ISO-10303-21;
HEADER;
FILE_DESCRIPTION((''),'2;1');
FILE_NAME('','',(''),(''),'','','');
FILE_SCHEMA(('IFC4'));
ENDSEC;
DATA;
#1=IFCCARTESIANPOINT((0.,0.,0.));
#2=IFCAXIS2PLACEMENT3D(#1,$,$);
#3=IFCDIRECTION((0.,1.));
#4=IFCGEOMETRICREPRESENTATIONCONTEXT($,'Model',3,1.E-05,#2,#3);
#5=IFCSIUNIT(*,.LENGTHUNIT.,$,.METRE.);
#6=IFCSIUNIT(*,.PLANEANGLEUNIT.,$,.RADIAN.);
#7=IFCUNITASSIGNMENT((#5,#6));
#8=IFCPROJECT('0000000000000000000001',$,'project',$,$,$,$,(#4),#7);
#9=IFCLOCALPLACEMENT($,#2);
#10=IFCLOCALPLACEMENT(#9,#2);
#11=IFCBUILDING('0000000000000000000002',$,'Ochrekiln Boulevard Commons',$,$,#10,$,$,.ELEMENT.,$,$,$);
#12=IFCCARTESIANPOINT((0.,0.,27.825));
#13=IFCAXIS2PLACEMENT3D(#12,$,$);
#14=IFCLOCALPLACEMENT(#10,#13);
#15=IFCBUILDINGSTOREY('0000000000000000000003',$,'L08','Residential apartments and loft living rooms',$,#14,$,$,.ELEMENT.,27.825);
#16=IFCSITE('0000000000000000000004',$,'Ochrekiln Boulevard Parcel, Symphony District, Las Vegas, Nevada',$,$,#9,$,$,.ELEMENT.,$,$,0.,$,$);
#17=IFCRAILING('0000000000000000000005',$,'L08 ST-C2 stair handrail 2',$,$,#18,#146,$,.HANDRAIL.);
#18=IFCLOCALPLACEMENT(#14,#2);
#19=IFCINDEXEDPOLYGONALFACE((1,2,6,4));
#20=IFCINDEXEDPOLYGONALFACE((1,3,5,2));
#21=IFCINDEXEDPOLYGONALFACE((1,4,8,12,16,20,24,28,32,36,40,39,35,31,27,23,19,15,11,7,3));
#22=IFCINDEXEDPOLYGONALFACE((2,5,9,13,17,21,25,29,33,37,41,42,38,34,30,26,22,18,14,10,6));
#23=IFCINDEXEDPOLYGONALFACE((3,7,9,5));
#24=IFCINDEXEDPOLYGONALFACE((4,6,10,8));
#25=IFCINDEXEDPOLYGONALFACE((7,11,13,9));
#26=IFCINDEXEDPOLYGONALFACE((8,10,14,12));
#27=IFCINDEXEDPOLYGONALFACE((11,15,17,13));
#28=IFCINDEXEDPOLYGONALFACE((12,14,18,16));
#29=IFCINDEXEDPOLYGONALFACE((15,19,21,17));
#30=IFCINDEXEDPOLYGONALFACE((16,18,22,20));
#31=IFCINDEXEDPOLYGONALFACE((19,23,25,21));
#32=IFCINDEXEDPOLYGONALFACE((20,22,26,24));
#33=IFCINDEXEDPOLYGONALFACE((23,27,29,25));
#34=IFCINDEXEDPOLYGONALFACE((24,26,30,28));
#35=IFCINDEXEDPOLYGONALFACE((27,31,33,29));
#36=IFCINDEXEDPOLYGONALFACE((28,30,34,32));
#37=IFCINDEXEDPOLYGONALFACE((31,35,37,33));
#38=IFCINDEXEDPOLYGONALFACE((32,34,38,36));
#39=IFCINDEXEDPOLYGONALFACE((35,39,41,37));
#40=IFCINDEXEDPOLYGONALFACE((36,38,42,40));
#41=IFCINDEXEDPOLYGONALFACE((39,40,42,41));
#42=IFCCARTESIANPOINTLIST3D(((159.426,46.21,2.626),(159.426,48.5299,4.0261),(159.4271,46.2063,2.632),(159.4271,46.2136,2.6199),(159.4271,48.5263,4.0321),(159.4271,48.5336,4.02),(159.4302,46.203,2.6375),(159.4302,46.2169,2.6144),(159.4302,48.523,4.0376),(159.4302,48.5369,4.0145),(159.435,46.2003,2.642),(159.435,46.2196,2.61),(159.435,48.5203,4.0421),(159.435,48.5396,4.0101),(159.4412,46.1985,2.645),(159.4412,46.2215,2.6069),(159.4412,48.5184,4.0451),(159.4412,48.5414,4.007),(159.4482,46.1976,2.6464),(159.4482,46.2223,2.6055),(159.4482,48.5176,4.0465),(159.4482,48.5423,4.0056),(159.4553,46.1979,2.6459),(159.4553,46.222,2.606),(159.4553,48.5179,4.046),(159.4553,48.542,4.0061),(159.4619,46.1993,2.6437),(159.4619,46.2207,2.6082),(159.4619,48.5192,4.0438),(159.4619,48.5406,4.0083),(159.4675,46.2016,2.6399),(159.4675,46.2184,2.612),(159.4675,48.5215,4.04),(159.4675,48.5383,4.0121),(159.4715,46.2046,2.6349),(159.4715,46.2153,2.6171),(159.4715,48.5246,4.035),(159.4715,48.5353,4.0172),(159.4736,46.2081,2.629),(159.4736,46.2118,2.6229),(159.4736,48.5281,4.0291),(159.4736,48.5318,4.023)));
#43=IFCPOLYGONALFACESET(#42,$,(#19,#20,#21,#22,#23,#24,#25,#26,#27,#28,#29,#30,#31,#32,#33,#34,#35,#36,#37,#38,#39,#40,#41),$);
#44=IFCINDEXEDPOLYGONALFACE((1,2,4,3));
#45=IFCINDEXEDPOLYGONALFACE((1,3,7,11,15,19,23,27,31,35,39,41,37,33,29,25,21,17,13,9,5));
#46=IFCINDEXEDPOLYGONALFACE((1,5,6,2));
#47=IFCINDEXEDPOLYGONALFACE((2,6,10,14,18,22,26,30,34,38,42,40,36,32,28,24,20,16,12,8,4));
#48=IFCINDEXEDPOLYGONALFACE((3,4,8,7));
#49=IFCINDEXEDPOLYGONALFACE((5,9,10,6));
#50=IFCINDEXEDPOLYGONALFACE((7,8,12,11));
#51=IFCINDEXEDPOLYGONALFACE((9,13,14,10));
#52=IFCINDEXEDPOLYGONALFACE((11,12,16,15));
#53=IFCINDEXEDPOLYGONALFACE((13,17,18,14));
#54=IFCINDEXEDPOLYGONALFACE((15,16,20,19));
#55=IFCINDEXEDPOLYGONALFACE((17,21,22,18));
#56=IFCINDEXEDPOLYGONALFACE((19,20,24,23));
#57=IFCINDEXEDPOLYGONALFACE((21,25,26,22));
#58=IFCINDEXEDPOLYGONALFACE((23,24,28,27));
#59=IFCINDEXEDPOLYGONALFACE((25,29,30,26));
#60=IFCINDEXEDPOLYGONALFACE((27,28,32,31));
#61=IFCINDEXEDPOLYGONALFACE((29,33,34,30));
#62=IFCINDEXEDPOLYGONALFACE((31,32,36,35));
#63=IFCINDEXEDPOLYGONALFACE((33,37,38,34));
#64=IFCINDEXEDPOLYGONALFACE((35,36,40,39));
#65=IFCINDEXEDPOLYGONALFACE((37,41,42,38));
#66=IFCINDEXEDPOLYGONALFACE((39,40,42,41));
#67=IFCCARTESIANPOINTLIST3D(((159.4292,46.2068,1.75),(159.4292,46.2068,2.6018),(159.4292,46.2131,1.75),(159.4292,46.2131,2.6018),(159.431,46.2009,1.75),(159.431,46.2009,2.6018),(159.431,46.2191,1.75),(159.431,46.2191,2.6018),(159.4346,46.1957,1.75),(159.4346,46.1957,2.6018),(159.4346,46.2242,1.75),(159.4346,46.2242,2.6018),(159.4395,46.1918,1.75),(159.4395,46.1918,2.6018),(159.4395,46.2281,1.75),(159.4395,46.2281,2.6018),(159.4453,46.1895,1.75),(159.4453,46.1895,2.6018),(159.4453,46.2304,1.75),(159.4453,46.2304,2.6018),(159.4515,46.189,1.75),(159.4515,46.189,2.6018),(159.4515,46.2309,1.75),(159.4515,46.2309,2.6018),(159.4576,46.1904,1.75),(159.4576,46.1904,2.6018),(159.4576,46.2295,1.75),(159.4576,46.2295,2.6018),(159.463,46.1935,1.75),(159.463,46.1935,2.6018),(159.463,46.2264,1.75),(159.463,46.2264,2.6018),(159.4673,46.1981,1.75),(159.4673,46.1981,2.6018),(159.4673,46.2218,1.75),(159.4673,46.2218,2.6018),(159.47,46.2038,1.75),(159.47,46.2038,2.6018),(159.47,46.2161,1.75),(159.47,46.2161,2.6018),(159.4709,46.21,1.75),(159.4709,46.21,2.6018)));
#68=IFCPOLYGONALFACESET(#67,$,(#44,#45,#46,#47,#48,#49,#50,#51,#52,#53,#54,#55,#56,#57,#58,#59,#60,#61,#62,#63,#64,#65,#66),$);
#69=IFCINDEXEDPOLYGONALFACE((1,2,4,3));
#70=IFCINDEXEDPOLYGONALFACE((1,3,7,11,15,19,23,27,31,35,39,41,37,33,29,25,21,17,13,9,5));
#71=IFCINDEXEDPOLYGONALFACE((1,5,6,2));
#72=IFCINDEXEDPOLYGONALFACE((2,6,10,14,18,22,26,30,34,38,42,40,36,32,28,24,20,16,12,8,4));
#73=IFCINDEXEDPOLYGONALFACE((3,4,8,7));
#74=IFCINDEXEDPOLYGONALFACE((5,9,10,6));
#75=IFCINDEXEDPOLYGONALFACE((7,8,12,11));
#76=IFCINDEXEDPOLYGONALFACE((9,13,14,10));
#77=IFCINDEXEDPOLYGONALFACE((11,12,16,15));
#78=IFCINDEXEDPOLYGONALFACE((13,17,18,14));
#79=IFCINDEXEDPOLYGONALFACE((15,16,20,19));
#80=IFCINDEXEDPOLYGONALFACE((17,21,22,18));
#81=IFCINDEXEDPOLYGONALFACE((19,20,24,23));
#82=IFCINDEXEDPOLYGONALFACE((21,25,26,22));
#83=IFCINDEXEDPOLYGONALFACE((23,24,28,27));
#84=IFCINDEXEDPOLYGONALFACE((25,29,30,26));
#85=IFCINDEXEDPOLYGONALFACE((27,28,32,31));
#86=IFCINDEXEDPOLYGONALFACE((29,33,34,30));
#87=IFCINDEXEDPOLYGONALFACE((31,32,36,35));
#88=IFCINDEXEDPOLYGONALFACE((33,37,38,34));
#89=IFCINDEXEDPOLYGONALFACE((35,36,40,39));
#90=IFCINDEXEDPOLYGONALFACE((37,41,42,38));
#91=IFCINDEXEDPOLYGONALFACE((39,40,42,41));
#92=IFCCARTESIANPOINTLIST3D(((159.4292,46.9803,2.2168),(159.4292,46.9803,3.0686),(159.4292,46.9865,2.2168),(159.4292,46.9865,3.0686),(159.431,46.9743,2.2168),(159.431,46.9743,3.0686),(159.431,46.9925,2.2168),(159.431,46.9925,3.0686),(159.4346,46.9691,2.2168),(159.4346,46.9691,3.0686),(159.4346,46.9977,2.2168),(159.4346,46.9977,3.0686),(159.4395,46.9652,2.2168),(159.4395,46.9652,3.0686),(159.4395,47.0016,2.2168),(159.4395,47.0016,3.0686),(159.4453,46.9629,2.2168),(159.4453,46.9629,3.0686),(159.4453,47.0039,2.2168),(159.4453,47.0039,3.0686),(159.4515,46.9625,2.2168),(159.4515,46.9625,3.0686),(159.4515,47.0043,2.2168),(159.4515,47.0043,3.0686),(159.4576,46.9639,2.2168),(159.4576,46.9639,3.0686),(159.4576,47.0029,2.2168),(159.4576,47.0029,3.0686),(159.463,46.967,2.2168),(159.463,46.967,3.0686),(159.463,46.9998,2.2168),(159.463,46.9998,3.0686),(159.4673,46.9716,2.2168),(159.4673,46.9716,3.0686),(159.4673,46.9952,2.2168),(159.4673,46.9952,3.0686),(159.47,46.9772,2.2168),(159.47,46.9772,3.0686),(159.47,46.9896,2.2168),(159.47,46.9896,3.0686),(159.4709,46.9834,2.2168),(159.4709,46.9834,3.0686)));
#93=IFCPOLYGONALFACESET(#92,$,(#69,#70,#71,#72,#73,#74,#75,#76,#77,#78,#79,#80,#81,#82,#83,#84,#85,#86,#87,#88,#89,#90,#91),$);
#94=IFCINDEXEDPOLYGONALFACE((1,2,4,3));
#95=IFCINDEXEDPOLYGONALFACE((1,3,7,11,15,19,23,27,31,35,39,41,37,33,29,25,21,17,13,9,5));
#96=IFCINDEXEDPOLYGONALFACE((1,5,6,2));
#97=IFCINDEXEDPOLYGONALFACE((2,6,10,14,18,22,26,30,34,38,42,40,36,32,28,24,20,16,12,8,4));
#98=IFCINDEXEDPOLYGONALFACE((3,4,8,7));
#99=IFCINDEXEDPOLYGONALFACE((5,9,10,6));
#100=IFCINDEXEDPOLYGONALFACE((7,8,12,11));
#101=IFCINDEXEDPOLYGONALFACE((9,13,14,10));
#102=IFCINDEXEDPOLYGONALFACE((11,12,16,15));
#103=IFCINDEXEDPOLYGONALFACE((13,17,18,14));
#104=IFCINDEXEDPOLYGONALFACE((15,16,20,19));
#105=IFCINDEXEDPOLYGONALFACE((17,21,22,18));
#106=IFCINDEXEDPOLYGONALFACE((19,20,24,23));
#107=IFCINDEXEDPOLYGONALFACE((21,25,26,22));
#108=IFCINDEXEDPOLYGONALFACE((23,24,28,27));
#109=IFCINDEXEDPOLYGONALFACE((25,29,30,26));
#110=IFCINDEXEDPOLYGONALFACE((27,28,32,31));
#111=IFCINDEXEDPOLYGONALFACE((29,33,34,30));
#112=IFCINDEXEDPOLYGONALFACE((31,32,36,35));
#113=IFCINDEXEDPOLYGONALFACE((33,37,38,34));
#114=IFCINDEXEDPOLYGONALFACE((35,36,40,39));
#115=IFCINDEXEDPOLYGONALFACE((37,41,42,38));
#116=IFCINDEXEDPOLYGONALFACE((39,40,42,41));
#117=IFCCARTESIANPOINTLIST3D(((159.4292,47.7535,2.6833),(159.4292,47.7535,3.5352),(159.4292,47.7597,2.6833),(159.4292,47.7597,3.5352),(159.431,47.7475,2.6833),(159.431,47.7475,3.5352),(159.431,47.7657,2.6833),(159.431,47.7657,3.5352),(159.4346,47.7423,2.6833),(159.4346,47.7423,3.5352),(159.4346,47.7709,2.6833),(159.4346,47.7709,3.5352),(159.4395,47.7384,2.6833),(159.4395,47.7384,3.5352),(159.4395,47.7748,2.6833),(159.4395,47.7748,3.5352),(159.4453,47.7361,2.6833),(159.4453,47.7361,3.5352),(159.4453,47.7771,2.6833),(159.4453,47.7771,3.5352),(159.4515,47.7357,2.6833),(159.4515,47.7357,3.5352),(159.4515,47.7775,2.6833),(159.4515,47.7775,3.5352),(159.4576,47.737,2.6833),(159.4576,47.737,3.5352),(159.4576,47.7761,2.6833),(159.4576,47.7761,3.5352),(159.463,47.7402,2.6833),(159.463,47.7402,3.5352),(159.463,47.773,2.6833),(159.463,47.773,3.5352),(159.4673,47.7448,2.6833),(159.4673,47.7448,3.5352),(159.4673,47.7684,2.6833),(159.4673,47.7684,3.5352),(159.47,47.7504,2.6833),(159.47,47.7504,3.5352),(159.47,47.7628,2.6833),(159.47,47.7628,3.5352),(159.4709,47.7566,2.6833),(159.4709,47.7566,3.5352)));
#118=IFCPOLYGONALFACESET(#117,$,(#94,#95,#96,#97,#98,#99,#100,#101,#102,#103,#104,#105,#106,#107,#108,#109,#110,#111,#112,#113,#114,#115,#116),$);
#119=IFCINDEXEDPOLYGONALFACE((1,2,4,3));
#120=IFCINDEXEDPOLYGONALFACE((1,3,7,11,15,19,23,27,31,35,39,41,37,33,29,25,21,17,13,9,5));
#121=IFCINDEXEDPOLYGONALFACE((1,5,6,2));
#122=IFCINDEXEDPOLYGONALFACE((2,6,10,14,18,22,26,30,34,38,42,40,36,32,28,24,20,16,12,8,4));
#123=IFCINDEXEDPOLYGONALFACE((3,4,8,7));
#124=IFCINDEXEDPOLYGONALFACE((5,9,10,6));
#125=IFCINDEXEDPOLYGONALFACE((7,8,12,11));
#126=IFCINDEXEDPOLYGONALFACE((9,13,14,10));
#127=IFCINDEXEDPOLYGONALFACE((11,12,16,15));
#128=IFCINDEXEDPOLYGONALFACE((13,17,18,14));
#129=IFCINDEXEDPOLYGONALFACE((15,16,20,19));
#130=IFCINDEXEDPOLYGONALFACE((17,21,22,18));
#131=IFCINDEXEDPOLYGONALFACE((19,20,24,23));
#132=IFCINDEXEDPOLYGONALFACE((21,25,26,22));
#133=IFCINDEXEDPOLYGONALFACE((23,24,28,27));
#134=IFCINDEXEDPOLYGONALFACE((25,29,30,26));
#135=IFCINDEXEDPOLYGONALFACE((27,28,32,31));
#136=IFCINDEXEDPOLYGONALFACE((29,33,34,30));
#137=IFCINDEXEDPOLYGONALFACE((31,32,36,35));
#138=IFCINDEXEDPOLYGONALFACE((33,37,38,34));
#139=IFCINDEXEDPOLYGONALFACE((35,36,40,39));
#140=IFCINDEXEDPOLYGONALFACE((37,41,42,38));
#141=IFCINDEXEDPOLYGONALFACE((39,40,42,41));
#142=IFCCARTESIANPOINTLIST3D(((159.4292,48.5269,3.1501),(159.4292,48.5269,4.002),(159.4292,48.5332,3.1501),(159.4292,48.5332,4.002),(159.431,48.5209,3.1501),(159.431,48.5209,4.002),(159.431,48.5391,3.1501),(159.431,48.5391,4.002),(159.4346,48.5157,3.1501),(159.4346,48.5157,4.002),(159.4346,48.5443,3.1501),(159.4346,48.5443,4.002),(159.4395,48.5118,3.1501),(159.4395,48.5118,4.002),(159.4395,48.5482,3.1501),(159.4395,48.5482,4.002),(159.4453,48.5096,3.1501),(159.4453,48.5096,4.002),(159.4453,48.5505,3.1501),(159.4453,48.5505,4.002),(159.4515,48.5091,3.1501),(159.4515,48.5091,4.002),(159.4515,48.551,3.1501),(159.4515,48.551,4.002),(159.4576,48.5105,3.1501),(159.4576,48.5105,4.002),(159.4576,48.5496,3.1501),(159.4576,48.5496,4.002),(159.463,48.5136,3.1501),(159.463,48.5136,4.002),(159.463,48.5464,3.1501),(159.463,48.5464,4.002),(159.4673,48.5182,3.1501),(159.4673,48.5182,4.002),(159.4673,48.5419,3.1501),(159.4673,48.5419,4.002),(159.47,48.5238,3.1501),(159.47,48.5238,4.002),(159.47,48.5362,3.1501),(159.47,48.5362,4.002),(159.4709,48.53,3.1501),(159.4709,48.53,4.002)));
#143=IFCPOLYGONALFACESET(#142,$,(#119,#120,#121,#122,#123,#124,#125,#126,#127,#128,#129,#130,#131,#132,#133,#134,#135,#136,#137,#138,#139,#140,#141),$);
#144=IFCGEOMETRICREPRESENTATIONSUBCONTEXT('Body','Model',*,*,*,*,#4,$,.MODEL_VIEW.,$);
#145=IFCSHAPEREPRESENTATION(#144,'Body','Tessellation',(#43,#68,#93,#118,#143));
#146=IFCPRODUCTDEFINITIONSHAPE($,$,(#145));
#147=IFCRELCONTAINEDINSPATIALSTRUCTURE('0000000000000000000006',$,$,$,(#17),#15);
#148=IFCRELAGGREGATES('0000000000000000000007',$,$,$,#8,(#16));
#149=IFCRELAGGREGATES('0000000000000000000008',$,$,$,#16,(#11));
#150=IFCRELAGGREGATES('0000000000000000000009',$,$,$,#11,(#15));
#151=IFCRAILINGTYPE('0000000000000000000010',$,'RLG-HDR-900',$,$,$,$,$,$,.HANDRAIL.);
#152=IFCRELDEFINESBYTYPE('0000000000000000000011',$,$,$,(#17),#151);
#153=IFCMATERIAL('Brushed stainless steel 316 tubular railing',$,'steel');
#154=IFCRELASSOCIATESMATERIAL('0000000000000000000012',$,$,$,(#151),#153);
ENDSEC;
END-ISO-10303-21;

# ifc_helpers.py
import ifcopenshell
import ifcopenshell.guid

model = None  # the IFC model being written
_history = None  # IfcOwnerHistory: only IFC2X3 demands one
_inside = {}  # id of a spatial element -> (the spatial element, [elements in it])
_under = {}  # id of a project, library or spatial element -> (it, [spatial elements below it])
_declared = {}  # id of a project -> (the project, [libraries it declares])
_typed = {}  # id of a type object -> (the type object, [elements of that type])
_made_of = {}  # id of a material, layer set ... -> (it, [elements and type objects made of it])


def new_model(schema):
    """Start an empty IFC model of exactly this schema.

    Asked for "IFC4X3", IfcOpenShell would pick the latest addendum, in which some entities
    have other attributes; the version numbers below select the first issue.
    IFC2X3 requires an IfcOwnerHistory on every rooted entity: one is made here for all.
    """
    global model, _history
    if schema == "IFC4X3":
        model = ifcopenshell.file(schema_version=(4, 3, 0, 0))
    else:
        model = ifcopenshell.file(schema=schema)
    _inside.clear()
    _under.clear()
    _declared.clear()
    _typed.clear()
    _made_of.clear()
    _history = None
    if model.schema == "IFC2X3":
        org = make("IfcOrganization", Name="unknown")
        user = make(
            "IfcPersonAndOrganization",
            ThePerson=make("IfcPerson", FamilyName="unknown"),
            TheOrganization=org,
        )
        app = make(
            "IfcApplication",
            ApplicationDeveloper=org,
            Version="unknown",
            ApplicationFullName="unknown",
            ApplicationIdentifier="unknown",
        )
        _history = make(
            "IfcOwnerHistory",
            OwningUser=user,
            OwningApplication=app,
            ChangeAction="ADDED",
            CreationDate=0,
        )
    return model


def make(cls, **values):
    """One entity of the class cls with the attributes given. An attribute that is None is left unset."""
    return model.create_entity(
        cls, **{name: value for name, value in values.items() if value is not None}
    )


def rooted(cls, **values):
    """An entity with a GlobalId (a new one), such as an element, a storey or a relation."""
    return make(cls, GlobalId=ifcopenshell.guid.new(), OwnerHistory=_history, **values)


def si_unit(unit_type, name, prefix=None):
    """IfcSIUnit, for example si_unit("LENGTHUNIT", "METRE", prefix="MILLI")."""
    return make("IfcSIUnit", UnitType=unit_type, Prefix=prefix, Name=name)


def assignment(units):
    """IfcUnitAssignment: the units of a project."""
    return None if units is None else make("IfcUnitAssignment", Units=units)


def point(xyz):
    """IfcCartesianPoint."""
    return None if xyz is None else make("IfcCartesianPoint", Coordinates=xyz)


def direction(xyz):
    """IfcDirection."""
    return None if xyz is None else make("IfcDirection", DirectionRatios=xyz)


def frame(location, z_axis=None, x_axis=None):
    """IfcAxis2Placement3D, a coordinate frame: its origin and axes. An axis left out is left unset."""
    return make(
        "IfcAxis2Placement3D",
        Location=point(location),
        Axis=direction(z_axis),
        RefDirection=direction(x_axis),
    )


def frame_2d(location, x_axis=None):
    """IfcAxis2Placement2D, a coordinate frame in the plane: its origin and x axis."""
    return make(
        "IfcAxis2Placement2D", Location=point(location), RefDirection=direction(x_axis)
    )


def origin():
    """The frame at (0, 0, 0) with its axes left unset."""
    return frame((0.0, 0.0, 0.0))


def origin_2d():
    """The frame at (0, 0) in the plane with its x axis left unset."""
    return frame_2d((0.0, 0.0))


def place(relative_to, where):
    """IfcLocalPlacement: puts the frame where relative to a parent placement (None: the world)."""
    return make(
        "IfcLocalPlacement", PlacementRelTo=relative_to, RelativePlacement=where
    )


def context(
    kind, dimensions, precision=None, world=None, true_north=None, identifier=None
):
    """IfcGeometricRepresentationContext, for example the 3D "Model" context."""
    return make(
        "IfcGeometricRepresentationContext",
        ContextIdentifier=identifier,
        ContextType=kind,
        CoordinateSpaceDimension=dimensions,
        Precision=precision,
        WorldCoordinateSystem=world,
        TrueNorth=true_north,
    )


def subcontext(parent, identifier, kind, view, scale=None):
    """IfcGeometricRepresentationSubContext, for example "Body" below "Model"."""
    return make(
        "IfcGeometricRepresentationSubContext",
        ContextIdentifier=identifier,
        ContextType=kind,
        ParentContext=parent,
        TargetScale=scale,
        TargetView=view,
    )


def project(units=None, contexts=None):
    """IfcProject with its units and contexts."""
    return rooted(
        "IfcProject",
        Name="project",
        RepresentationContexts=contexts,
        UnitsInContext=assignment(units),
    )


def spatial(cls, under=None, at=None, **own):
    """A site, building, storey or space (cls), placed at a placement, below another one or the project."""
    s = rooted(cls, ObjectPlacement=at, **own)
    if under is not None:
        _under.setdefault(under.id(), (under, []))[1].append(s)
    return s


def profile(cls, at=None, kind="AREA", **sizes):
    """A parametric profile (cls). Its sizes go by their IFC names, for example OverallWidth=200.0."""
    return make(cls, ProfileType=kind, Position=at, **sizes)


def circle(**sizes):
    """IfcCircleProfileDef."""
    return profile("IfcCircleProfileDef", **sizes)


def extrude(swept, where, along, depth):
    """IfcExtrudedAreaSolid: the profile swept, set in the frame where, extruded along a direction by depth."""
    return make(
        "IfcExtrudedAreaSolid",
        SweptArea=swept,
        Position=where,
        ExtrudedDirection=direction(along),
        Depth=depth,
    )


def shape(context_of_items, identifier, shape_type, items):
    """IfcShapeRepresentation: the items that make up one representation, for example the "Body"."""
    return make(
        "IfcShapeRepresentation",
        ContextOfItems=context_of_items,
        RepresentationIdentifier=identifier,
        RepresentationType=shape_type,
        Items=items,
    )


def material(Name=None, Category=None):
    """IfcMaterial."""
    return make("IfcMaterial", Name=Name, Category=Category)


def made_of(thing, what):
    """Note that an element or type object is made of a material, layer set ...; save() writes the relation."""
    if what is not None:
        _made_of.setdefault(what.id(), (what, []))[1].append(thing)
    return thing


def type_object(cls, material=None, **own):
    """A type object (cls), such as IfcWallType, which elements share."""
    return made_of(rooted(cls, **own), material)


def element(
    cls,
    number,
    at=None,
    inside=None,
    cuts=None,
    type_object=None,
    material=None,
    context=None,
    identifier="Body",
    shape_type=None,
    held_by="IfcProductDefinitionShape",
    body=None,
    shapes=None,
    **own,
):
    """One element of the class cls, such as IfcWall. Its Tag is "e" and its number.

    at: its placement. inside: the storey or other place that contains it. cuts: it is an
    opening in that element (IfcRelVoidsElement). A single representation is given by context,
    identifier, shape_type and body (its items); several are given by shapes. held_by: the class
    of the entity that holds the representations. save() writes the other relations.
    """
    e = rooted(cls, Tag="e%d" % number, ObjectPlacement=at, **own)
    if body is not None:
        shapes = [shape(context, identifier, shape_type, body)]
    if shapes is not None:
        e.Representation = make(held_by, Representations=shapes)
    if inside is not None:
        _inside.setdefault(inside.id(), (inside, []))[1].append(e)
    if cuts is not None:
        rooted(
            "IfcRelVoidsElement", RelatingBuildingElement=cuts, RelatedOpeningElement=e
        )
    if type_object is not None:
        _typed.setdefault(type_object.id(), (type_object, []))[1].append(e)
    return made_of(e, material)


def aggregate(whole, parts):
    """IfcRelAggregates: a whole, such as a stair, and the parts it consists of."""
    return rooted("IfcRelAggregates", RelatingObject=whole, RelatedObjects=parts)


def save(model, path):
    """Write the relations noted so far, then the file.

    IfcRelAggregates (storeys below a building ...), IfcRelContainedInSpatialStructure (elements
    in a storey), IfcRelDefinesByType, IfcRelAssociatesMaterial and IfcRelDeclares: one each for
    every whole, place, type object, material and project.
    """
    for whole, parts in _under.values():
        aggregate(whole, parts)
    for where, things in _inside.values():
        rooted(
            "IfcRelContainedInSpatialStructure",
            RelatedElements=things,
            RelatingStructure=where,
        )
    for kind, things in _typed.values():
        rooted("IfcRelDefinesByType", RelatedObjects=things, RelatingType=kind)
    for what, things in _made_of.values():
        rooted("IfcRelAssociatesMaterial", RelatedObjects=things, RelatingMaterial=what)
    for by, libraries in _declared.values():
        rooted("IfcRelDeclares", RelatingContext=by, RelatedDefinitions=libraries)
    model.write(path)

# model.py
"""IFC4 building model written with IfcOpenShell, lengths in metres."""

from ifc_helpers import new_model, si_unit, direction, frame, origin, origin_2d, place, context, subcontext, project, spatial, circle, extrude, material, type_object, element, save


model = new_model("IFC4")

# Units and contexts
model_context = context("Model", 3, precision=1e-05, world=origin(), true_north=direction((0.0, 1.0)))
body_context = subcontext(model_context, "Body", "Model", "MODEL_VIEW")
ifc_project = project(units=[si_unit("LENGTHUNIT", "METRE"), si_unit("PLANEANGLEUNIT", "RADIAN")], contexts=[model_context])

# Site, building, storey
site_placement = place(None, origin())
site = spatial("IfcSite", under=ifc_project, at=site_placement, Name="Ochrekiln Boulevard Parcel, Symphony District, Las Vegas, Nevada", CompositionType="ELEMENT", RefElevation=0.0)
building_placement = place(site_placement, origin())
building = spatial("IfcBuilding", under=site, at=building_placement, Name="Ochrekiln Boulevard Commons", CompositionType="ELEMENT")
storey_placement = place(building_placement, frame((0.0, 0.0, 27.825)))
storey = spatial("IfcBuildingStorey", under=building, at=storey_placement, Name="L08", Description="Residential apartments and loft living rooms", CompositionType="ELEMENT", Elevation=27.825)

# Railing
ifc_material_1 = material(Name="Brushed stainless steel 316 tubular railing", Category="steel")
railing_type_1 = type_object("IfcRailingType", Name="RLG-HDR-900", PredefinedType="HANDRAIL", material=ifc_material_1)
railing_1_placement = place(storey_placement, frame((159.45, 46.21, 1.75)))
element("IfcRailing", 1, at=railing_1_placement, inside=storey, type_object=railing_type_1, Name="L08 ST-C2 stair handrail 2", PredefinedType="HANDRAIL", context=body_context, shape_type="SweptSolid", body=[
    extrude(circle(Radius=0.0239, at=origin_2d()), frame((0.0, 0.0, 0.876), z_axis=(0.0, 0.85617, 0.516693), x_axis=(-1.0, 0.0, 0.0)), (0.0, 0.0, 1.0), 2.7097),
    extrude(circle(Radius=0.021, at=origin_2d()), origin(), (0.0, 0.0, 1.0), 0.8518),
    extrude(circle(Radius=0.021, at=origin_2d()), frame((0.0, 0.7734, 0.4668)), (0.0, 0.0, 1.0), 0.8518),
    extrude(circle(Radius=0.021, at=origin_2d()), frame((0.0, 1.5466, 0.9333)), (0.0, 0.0, 1.0), 0.8518),
    extrude(circle(Radius=0.021, at=origin_2d()), frame((0.0, 2.3201, 1.4001)), (0.0, 0.0, 1.0), 0.8518),
])

save(model, "model.ifc")
